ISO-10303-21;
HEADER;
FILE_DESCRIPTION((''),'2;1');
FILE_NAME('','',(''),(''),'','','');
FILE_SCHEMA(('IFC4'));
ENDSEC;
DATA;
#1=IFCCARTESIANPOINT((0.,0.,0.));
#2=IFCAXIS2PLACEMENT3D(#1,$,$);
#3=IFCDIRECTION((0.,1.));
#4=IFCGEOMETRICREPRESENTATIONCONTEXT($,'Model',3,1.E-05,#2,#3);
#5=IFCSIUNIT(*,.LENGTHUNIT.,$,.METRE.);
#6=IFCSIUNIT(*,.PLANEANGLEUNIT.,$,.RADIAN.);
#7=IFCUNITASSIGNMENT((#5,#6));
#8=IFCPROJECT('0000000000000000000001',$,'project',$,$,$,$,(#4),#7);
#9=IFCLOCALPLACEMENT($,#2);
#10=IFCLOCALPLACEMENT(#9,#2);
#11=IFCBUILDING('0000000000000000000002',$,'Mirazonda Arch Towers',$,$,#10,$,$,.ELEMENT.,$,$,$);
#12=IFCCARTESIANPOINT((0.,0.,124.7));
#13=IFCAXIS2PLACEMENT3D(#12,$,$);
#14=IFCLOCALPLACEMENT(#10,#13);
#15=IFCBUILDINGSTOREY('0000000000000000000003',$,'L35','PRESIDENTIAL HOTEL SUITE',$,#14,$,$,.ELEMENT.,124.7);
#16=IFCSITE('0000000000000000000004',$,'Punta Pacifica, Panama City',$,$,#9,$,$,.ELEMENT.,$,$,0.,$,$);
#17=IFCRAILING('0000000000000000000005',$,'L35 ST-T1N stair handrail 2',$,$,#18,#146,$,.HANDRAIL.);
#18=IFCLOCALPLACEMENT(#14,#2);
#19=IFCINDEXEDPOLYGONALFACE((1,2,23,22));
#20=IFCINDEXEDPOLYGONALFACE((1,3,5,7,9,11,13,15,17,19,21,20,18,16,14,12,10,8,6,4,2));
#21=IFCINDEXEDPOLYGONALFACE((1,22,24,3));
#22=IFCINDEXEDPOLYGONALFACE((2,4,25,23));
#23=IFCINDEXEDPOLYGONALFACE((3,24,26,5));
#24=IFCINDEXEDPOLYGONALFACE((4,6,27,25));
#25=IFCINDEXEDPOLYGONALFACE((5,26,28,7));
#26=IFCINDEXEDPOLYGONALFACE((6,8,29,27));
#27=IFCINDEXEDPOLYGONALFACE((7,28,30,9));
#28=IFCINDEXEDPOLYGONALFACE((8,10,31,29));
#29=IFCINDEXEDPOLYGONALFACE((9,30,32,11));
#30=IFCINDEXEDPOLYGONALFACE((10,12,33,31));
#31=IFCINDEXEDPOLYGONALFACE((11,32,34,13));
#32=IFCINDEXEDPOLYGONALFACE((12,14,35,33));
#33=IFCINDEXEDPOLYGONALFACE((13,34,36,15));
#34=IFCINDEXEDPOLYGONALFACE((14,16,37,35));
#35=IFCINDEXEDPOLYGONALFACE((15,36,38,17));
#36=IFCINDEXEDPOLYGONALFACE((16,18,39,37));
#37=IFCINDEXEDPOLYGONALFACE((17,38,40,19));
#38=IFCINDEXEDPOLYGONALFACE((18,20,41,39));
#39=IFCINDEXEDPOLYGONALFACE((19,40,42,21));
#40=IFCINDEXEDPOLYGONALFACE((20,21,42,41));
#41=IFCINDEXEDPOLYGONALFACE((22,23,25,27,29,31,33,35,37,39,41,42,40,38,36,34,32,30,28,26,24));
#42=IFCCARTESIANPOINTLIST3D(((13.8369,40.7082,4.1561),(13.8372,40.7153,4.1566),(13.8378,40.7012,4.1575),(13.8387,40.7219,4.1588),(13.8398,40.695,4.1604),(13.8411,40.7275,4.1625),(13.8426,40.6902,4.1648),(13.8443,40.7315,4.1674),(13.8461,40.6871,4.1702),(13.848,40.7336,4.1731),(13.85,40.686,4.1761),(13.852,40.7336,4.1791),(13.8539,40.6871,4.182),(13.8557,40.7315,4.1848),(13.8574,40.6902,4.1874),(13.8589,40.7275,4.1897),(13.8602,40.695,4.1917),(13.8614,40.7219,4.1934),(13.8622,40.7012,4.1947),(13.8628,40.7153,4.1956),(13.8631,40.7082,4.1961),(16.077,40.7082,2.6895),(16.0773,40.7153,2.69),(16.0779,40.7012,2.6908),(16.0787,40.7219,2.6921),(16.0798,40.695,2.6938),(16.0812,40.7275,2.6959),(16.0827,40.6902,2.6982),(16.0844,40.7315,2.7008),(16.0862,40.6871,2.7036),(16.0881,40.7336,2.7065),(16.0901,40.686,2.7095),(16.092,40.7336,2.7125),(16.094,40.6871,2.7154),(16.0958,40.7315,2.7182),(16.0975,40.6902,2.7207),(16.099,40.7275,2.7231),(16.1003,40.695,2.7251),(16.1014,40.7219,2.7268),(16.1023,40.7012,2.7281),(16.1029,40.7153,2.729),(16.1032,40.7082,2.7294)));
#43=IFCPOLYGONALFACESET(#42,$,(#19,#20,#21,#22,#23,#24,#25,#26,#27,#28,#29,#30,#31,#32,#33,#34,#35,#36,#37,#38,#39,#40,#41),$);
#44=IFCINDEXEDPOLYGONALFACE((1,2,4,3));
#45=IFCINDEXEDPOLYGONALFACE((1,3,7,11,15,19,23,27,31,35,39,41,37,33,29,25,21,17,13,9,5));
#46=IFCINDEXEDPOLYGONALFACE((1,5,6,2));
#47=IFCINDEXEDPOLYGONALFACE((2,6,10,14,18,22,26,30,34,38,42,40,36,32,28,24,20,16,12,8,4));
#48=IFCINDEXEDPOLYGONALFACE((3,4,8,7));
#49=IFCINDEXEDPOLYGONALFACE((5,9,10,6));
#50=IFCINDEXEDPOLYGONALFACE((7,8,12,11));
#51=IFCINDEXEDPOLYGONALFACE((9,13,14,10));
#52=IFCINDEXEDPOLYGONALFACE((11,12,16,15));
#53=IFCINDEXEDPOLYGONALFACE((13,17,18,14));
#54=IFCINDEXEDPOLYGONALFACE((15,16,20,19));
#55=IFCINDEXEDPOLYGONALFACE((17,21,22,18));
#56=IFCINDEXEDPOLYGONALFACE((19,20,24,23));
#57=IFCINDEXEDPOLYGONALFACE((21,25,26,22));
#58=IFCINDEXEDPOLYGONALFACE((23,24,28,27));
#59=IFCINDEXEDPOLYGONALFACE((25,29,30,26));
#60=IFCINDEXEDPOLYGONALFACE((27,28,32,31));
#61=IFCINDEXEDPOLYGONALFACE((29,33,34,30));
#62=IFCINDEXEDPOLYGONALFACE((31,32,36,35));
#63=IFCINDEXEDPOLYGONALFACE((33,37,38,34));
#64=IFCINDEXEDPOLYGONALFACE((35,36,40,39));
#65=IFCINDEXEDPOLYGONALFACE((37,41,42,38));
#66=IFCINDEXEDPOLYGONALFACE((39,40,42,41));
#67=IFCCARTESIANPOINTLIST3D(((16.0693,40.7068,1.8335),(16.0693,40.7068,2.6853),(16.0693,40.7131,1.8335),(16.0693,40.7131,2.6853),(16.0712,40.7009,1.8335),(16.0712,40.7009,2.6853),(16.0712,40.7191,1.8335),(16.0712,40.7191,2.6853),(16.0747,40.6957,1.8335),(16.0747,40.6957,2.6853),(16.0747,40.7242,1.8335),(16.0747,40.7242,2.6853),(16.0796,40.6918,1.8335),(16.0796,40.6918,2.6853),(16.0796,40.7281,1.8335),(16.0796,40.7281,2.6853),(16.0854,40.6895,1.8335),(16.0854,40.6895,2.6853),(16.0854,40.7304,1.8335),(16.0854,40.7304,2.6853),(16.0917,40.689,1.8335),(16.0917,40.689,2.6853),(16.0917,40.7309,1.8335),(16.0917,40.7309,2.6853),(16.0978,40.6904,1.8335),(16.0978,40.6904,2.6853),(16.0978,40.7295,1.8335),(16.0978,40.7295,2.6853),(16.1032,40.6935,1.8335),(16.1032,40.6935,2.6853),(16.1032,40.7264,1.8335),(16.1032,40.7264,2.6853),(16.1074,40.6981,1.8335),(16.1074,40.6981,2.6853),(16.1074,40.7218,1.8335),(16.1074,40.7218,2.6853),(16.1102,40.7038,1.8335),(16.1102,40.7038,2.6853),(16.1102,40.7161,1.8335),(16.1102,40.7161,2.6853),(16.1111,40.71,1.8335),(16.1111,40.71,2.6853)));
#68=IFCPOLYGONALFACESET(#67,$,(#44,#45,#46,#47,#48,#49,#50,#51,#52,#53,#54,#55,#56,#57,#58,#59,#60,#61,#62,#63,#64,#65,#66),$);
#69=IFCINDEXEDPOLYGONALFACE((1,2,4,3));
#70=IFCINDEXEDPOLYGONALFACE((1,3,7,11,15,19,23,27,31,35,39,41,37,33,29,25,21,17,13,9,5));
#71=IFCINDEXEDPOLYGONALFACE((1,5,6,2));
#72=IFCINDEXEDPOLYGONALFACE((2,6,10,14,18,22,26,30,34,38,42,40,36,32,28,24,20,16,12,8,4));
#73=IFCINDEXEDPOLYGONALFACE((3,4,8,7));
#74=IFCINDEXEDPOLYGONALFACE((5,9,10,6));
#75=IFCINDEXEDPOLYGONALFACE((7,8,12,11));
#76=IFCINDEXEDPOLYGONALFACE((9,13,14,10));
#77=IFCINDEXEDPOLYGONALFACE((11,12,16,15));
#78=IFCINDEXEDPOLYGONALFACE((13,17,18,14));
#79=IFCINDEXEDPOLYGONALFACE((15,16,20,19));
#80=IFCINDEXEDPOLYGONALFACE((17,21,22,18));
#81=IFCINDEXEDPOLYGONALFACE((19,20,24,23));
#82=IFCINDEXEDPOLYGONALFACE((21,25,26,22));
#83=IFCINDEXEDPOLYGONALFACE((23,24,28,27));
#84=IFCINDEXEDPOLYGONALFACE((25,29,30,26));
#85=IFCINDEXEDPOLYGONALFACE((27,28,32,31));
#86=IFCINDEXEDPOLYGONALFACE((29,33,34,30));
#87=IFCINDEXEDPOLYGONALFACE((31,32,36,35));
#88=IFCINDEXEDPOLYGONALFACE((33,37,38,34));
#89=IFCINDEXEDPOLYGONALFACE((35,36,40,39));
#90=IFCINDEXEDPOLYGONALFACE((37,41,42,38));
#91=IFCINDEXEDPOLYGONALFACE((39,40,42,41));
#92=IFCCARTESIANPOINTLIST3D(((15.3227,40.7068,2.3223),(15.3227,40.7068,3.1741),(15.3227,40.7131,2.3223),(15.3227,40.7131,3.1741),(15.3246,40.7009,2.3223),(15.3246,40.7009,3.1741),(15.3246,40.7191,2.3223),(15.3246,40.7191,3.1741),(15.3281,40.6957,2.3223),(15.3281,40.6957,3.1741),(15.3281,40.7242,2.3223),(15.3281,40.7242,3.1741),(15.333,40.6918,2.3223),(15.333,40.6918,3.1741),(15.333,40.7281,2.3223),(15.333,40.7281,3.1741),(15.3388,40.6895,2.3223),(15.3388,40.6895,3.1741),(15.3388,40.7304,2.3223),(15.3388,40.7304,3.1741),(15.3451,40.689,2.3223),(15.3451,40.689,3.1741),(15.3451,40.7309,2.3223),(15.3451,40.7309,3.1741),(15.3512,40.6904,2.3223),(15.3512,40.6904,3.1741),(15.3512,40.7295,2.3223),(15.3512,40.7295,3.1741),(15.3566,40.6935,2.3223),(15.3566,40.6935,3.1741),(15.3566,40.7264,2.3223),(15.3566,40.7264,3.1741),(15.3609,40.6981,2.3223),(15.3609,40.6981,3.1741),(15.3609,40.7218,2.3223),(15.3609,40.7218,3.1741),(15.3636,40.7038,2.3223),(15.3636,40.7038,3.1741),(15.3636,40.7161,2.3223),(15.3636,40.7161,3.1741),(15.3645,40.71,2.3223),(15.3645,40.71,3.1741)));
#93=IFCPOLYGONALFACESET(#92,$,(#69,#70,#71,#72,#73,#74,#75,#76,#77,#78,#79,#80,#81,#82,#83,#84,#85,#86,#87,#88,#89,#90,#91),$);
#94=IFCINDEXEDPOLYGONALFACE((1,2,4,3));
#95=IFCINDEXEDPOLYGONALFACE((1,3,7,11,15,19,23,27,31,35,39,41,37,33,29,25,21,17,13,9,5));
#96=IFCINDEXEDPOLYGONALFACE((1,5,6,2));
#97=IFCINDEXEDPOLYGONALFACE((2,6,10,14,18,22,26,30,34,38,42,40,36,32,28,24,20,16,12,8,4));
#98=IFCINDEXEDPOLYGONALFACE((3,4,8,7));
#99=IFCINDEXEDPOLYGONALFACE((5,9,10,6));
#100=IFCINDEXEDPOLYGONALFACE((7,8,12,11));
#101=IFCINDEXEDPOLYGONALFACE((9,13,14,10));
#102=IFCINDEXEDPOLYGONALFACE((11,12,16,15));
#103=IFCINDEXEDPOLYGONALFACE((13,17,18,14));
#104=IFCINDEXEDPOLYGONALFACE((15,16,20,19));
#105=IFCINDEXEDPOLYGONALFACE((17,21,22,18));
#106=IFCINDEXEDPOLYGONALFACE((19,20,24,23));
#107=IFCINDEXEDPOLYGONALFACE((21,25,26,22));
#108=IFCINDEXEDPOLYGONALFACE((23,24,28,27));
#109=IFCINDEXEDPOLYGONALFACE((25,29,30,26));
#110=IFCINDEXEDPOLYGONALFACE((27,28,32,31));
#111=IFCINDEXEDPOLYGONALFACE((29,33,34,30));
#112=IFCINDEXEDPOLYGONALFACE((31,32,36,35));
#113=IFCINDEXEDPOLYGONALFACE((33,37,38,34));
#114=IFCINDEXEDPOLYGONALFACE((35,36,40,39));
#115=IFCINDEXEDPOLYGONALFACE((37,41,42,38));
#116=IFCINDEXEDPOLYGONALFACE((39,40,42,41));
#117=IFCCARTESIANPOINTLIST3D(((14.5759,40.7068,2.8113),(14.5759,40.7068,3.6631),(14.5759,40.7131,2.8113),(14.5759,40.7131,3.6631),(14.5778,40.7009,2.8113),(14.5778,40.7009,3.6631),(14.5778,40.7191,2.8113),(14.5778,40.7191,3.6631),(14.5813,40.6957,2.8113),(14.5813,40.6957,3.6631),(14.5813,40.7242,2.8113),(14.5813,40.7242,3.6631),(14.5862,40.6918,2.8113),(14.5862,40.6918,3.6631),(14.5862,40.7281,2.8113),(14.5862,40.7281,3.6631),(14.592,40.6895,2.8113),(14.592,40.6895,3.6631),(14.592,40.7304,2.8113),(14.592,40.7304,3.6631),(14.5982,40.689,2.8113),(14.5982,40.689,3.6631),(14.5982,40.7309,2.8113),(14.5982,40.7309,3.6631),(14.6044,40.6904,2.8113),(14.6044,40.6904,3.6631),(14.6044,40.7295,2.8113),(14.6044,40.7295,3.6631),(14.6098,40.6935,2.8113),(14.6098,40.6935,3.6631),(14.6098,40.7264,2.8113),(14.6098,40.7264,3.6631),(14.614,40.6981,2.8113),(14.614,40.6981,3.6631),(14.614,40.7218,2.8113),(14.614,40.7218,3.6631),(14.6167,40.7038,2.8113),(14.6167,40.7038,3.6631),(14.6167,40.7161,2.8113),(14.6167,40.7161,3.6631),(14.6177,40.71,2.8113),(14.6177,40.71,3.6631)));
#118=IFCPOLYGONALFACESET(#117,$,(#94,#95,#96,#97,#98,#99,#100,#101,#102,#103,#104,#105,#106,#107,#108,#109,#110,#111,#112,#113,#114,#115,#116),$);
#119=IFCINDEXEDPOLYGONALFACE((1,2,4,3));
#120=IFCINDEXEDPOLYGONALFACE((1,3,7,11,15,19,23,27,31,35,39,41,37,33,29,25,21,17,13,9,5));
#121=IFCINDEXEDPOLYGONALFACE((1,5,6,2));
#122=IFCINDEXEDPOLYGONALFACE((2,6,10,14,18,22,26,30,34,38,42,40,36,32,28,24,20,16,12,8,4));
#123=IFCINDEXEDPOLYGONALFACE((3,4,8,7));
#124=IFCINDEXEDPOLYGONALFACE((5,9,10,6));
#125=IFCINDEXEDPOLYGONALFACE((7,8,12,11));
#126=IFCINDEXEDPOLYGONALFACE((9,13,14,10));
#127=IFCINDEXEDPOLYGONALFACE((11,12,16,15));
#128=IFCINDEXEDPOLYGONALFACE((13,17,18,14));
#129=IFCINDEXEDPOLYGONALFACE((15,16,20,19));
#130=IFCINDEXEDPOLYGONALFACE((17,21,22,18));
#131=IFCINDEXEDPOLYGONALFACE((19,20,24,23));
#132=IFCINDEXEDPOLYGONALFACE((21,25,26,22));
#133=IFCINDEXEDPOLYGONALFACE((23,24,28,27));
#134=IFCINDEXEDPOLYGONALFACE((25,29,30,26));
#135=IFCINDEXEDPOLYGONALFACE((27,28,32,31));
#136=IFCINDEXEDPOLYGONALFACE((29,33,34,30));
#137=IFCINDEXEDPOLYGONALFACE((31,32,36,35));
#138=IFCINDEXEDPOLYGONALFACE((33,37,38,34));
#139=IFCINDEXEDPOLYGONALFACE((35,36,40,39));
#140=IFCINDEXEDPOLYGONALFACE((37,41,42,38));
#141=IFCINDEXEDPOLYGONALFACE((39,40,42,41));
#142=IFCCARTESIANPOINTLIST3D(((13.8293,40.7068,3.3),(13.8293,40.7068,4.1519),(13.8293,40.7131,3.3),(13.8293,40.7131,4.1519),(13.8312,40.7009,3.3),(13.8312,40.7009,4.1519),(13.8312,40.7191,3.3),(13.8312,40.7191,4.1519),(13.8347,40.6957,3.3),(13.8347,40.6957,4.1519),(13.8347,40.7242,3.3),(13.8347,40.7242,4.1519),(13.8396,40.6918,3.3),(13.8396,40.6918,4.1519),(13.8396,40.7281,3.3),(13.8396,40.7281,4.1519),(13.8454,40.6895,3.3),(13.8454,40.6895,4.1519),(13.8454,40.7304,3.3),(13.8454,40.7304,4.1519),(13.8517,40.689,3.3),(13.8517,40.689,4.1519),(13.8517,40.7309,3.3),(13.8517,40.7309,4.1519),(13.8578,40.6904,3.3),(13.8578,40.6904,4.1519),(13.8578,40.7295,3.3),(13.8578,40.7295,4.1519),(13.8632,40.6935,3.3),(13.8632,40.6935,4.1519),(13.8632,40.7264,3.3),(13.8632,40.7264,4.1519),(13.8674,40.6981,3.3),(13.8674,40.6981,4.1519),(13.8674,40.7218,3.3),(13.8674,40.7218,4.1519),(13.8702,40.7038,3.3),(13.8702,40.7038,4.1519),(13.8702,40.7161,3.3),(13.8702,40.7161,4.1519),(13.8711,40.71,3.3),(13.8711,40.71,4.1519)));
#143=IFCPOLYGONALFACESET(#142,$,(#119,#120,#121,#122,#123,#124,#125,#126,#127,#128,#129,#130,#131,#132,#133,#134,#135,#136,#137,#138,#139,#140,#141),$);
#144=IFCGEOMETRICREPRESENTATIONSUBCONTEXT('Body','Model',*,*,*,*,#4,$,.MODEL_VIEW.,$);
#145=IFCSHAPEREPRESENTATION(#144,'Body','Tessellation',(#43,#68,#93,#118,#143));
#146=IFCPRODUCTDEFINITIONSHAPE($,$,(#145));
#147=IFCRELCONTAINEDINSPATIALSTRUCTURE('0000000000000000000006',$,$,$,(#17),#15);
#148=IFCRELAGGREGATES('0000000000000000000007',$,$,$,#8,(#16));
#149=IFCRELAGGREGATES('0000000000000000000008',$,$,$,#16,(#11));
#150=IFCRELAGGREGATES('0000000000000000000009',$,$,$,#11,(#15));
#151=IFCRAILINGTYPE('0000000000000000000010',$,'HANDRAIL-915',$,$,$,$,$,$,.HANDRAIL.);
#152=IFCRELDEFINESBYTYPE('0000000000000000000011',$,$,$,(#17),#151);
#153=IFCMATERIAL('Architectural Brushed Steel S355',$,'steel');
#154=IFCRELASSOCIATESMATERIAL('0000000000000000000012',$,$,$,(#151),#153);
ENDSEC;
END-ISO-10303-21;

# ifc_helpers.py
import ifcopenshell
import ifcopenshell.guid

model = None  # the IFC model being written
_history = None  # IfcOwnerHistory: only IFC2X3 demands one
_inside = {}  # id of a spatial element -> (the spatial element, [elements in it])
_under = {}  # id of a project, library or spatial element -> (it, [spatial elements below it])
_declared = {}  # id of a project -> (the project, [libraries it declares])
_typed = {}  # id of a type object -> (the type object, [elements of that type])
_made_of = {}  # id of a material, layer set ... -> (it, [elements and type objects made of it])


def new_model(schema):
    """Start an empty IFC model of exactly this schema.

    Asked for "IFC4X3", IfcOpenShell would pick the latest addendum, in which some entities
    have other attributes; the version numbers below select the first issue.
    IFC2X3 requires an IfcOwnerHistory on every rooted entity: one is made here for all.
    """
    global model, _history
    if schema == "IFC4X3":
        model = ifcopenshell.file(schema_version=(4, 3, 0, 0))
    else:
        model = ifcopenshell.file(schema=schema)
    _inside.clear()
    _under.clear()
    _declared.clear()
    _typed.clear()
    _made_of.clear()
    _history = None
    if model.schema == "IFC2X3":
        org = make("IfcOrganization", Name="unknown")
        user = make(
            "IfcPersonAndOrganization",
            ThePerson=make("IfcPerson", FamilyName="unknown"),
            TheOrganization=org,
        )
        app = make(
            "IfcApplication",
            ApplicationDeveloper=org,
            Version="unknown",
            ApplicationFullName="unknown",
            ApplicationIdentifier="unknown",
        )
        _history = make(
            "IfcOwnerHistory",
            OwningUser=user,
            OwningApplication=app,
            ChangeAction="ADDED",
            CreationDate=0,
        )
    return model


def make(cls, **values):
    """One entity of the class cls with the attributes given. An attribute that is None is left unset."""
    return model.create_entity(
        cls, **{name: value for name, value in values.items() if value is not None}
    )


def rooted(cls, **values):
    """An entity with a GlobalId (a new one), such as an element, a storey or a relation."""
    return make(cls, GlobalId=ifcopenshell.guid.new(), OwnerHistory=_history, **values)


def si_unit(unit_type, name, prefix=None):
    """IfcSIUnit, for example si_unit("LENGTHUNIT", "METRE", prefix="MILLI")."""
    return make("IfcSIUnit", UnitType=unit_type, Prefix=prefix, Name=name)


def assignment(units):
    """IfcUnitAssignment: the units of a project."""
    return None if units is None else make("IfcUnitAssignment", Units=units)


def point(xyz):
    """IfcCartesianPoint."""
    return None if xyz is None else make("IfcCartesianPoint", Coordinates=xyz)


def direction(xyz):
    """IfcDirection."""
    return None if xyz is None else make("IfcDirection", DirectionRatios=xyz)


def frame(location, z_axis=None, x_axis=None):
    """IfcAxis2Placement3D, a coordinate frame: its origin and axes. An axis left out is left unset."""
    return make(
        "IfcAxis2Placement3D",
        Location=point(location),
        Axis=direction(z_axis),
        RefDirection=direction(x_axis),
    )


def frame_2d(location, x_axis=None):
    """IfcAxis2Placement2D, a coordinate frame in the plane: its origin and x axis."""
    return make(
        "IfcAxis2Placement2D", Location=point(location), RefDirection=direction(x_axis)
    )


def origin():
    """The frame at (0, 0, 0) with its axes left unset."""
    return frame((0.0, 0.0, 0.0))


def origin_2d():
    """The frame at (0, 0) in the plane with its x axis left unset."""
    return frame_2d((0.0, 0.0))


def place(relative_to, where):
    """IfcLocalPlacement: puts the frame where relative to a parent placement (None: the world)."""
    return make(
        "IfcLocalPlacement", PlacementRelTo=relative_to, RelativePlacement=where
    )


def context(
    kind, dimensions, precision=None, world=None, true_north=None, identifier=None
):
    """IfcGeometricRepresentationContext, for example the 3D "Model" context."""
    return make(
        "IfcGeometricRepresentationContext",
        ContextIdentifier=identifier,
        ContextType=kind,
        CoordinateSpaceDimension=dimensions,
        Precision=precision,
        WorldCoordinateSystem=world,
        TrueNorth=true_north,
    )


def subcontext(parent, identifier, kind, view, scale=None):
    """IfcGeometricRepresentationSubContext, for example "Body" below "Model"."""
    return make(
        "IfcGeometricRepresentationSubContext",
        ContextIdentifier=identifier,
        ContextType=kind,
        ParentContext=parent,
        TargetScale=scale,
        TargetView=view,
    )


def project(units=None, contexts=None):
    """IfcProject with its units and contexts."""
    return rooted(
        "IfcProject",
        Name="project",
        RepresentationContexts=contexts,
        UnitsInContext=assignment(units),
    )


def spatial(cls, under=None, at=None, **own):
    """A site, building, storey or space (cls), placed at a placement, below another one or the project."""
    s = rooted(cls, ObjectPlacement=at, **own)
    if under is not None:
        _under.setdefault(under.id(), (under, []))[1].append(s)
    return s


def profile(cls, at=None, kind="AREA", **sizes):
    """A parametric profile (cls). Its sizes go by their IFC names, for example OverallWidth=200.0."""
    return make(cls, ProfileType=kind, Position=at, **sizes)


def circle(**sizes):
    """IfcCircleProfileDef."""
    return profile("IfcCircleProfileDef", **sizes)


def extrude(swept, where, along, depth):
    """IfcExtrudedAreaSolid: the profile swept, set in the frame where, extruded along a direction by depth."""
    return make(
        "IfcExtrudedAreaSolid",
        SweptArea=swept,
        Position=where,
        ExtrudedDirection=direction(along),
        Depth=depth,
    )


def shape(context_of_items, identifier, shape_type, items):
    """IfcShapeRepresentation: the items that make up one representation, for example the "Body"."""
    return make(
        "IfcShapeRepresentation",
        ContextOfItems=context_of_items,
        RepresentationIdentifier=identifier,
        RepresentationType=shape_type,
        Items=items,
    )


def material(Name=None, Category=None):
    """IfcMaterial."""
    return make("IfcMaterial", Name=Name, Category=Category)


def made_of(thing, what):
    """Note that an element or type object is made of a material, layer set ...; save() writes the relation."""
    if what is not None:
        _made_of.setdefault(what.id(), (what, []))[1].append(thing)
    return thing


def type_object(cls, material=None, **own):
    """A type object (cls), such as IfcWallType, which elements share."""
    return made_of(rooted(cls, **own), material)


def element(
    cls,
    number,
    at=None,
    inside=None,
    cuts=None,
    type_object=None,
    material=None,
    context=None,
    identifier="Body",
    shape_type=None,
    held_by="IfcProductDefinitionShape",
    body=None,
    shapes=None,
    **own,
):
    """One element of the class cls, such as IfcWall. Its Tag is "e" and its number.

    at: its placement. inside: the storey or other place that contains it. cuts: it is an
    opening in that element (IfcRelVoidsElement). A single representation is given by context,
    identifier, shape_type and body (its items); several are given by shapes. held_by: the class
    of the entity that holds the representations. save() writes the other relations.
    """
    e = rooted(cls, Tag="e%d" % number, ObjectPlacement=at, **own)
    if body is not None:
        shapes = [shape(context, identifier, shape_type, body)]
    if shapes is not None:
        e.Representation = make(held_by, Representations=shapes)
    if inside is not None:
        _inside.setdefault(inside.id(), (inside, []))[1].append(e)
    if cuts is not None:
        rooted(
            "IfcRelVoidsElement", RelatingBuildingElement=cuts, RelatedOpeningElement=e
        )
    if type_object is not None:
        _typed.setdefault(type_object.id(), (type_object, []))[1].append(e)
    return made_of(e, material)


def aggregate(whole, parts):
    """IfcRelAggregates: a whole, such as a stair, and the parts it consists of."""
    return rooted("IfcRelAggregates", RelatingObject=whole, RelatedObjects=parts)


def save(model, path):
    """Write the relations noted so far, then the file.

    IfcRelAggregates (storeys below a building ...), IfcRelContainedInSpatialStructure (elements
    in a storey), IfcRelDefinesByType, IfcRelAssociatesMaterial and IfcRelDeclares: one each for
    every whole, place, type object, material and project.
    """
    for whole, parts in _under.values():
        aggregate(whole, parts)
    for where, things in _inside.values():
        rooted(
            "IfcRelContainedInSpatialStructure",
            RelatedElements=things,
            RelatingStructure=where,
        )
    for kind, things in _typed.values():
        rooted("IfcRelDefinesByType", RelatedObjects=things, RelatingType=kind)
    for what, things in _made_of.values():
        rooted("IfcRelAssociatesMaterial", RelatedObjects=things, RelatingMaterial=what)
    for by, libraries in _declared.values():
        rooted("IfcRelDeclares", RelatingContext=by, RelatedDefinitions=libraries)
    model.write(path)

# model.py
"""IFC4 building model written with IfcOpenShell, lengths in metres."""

from ifc_helpers import new_model, si_unit, direction, frame, origin, origin_2d, place, context, subcontext, project, spatial, circle, extrude, material, type_object, element, save


model = new_model("IFC4")

# Units and contexts
model_context = context("Model", 3, precision=1e-05, world=origin(), true_north=direction((0.0, 1.0)))
body_context = subcontext(model_context, "Body", "Model", "MODEL_VIEW")
ifc_project = project(units=[si_unit("LENGTHUNIT", "METRE"), si_unit("PLANEANGLEUNIT", "RADIAN")], contexts=[model_context])

# Site, building, storey
site_placement = place(None, origin())
site = spatial("IfcSite", under=ifc_project, at=site_placement, Name="Punta Pacifica, Panama City", CompositionType="ELEMENT", RefElevation=0.0)
building_placement = place(site_placement, origin())
building = spatial("IfcBuilding", under=site, at=building_placement, Name="Mirazonda Arch Towers", CompositionType="ELEMENT")
storey_placement = place(building_placement, frame((0.0, 0.0, 124.7)))
storey = spatial("IfcBuildingStorey", under=building, at=storey_placement, Name="L35", Description="PRESIDENTIAL HOTEL SUITE", CompositionType="ELEMENT", Elevation=124.7)

# Shared definitions
ifc_material_1 = material(Name="Architectural Brushed Steel S355", Category="steel")

# Railing
railing_type_1 = type_object("IfcRailingType", Name="HANDRAIL-915", PredefinedType="HANDRAIL", material=ifc_material_1)
railing_1_placement = place(storey_placement, frame((16.0901, 40.71, 1.8335)))
element("IfcRailing", 1, at=railing_1_placement, inside=storey, type_object=railing_type_1, Name="L35 ST-T1N stair handrail 2", PredefinedType="HANDRAIL", context=body_context, shape_type="SweptSolid", body=[
    extrude(circle(Radius=0.0239, at=origin_2d()), frame((0.0, 0.0, 0.876), z_axis=(-0.836637, 0.0, 0.547758), x_axis=(0.0, -1.0, 0.0)), (0.0, 0.0, 1.0), 2.6775),
    extrude(circle(Radius=0.021, at=origin_2d()), origin(), (0.0, 0.0, 1.0), 0.8518),
    extrude(circle(Radius=0.021, at=origin_2d()), frame((-0.7466, 0.0, 0.4888)), (0.0, 0.0, 1.0), 0.8518),
    extrude(circle(Radius=0.021, at=origin_2d()), frame((-1.4934, 0.0, 0.9778)), (0.0, 0.0, 1.0), 0.8518),
    extrude(circle(Radius=0.021, at=origin_2d()), frame((-2.24, 0.0, 1.4666)), (0.0, 0.0, 1.0), 0.8518),
])

save(model, "model.ifc")
